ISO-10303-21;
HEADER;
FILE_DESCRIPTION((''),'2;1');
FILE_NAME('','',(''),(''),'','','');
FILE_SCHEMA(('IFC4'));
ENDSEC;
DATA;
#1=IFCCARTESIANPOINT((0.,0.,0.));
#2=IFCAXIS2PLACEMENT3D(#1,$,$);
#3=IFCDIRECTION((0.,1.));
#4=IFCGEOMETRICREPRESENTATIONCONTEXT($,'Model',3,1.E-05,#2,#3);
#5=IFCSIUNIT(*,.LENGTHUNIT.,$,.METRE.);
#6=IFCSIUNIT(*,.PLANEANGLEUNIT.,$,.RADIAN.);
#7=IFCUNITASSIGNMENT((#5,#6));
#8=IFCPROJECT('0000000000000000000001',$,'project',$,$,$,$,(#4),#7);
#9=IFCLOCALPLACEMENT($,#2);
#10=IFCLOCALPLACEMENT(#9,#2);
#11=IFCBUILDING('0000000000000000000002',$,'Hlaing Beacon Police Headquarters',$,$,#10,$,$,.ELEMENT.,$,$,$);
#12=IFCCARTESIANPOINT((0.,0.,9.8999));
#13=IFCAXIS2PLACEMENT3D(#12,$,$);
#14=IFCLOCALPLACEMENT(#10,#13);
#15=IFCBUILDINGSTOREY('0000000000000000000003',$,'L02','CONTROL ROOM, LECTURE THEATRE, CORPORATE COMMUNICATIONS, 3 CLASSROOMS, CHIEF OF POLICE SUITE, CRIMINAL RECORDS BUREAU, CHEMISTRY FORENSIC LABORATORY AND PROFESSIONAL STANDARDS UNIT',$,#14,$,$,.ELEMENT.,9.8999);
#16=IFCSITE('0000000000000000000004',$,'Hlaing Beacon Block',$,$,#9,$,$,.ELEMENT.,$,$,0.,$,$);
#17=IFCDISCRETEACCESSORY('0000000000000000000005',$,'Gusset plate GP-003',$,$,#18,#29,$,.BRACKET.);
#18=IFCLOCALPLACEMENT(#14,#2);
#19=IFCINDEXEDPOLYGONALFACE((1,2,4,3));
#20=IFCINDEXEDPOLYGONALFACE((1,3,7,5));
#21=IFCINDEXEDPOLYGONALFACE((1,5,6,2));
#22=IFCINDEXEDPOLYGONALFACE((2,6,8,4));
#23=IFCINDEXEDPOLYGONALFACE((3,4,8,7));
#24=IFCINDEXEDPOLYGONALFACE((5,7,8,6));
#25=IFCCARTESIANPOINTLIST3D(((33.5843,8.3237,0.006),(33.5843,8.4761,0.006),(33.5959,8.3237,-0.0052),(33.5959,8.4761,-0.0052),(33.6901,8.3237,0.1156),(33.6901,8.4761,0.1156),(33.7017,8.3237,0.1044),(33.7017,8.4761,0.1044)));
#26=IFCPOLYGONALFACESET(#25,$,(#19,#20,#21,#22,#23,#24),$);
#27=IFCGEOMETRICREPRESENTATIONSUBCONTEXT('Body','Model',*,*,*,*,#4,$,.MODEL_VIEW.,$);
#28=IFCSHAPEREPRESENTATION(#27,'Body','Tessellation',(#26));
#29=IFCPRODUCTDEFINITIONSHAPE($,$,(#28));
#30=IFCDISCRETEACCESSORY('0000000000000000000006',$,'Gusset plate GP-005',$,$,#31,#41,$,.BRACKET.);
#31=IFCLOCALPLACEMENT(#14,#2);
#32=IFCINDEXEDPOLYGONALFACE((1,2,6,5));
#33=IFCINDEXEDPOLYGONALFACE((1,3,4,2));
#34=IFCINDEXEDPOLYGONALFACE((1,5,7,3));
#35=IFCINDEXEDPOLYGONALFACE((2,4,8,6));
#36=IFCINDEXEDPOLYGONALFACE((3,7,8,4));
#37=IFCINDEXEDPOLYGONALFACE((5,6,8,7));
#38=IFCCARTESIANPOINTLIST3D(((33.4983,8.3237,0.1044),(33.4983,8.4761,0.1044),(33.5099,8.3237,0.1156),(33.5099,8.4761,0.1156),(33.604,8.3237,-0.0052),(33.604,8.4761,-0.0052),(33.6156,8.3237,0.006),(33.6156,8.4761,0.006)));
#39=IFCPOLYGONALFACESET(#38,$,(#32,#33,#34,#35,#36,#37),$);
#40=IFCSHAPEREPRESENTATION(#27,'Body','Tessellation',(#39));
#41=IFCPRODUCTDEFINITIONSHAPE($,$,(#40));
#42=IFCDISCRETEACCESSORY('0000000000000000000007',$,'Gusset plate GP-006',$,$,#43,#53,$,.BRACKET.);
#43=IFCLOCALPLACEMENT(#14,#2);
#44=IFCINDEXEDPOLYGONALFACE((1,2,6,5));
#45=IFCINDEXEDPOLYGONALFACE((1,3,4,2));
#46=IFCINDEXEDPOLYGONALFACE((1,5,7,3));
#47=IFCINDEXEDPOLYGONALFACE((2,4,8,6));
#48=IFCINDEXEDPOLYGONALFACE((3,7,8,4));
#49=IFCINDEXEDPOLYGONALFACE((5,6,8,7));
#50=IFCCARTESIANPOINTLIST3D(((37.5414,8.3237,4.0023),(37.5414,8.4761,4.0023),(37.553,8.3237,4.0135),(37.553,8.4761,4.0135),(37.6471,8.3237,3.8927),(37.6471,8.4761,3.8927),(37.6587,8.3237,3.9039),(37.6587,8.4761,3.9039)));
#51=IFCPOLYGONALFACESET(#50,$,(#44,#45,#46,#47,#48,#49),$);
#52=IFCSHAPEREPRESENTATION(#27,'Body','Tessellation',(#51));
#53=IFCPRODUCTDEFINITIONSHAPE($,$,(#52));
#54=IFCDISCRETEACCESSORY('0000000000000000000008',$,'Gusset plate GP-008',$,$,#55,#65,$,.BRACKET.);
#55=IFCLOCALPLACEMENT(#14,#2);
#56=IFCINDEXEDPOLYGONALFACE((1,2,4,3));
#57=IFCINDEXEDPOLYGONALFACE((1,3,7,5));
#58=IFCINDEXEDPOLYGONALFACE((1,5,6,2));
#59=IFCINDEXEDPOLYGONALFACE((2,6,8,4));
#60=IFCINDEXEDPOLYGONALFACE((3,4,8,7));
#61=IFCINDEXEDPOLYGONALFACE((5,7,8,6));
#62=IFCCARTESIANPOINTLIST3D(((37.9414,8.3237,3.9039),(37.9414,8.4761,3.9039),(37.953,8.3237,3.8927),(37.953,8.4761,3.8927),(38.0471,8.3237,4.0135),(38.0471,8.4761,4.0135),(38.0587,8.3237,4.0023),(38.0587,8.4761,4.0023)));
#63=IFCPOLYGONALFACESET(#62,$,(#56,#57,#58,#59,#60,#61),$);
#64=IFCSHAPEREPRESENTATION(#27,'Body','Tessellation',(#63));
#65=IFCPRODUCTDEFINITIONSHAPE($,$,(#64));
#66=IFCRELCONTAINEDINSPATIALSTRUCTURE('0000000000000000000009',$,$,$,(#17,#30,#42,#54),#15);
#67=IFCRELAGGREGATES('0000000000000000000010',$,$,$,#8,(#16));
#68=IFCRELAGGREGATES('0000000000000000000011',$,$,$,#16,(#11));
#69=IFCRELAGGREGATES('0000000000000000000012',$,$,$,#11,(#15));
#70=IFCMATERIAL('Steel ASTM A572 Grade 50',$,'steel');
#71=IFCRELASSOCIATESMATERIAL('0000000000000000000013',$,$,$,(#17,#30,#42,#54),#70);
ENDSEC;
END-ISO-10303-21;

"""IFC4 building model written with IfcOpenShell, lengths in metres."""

from ifc_helpers import new_model, si_unit, direction, frame, origin, origin_2d, place, context, subcontext, project, spatial, rectangle, extrude, material, element, save


model = new_model("IFC4")

# Units and contexts
model_context = context("Model", 3, precision=1e-05, world=origin(), true_north=direction((0.0, 1.0)))
body_context = subcontext(model_context, "Body", "Model", "MODEL_VIEW")
ifc_project = project(units=[si_unit("LENGTHUNIT", "METRE"), si_unit("PLANEANGLEUNIT", "RADIAN")], contexts=[model_context])

# Site, building, storey
site_placement = place(None, origin())
site = spatial("IfcSite", under=ifc_project, at=site_placement, Name="Hlaing Beacon Block", CompositionType="ELEMENT", RefElevation=0.0)
building_placement = place(site_placement, origin())
building = spatial("IfcBuilding", under=site, at=building_placement, Name="Hlaing Beacon Police Headquarters", CompositionType="ELEMENT")
storey_placement = place(building_placement, frame((0.0, 0.0, 9.8999)))
storey = spatial("IfcBuildingStorey", under=building, at=storey_placement, Name="L02", Description="CONTROL ROOM, LECTURE THEATRE, CORPORATE COMMUNICATIONS, 3 CLASSROOMS, CHIEF OF POLICE SUITE, CRIMINAL RECORDS BUREAU, CHEMISTRY FORENSIC LABORATORY AND PROFESSIONAL STANDARDS UNIT", CompositionType="ELEMENT", Elevation=9.8999)

# Discrete accessories
ifc_material_1 = material(Name="Steel ASTM A572 Grade 50", Category="steel")
for number, where, z_axis, x_axis, name in (
    (1, (33.6372, 8.3999, 0.0608), (0.7199, 0.0, -0.694078), (0.0, 1.0, 0.0), "Gusset plate GP-003"),
    (2, (33.5627, 8.3999, 0.0608), (-0.719921, 0.0, -0.694056), (0.0, -1.0, 0.0), "Gusset plate GP-005"),
    (3, (37.5942, 8.3999, 3.9475), (0.719921, 0.0, 0.694056), (0.0, 1.0, 0.0), "Gusset plate GP-006"),
    (4, (38.0059, 8.3999, 3.9475), (-0.7199, 0.0, 0.694078), (0.0, -1.0, 0.0), "Gusset plate GP-008"),
):
    element("IfcDiscreteAccessory", number, at=place(storey_placement, frame(where, z_axis=z_axis, x_axis=x_axis)), inside=storey, material=ifc_material_1, Name=name, PredefinedType="BRACKET", context=body_context, shape_type="SweptSolid", body=[
        extrude(rectangle(XDim=0.1523, YDim=0.1523, at=origin_2d()), origin(), (0.0, 0.0, 1.0), 0.0161),
    ])

save(model, "model.ifc")
